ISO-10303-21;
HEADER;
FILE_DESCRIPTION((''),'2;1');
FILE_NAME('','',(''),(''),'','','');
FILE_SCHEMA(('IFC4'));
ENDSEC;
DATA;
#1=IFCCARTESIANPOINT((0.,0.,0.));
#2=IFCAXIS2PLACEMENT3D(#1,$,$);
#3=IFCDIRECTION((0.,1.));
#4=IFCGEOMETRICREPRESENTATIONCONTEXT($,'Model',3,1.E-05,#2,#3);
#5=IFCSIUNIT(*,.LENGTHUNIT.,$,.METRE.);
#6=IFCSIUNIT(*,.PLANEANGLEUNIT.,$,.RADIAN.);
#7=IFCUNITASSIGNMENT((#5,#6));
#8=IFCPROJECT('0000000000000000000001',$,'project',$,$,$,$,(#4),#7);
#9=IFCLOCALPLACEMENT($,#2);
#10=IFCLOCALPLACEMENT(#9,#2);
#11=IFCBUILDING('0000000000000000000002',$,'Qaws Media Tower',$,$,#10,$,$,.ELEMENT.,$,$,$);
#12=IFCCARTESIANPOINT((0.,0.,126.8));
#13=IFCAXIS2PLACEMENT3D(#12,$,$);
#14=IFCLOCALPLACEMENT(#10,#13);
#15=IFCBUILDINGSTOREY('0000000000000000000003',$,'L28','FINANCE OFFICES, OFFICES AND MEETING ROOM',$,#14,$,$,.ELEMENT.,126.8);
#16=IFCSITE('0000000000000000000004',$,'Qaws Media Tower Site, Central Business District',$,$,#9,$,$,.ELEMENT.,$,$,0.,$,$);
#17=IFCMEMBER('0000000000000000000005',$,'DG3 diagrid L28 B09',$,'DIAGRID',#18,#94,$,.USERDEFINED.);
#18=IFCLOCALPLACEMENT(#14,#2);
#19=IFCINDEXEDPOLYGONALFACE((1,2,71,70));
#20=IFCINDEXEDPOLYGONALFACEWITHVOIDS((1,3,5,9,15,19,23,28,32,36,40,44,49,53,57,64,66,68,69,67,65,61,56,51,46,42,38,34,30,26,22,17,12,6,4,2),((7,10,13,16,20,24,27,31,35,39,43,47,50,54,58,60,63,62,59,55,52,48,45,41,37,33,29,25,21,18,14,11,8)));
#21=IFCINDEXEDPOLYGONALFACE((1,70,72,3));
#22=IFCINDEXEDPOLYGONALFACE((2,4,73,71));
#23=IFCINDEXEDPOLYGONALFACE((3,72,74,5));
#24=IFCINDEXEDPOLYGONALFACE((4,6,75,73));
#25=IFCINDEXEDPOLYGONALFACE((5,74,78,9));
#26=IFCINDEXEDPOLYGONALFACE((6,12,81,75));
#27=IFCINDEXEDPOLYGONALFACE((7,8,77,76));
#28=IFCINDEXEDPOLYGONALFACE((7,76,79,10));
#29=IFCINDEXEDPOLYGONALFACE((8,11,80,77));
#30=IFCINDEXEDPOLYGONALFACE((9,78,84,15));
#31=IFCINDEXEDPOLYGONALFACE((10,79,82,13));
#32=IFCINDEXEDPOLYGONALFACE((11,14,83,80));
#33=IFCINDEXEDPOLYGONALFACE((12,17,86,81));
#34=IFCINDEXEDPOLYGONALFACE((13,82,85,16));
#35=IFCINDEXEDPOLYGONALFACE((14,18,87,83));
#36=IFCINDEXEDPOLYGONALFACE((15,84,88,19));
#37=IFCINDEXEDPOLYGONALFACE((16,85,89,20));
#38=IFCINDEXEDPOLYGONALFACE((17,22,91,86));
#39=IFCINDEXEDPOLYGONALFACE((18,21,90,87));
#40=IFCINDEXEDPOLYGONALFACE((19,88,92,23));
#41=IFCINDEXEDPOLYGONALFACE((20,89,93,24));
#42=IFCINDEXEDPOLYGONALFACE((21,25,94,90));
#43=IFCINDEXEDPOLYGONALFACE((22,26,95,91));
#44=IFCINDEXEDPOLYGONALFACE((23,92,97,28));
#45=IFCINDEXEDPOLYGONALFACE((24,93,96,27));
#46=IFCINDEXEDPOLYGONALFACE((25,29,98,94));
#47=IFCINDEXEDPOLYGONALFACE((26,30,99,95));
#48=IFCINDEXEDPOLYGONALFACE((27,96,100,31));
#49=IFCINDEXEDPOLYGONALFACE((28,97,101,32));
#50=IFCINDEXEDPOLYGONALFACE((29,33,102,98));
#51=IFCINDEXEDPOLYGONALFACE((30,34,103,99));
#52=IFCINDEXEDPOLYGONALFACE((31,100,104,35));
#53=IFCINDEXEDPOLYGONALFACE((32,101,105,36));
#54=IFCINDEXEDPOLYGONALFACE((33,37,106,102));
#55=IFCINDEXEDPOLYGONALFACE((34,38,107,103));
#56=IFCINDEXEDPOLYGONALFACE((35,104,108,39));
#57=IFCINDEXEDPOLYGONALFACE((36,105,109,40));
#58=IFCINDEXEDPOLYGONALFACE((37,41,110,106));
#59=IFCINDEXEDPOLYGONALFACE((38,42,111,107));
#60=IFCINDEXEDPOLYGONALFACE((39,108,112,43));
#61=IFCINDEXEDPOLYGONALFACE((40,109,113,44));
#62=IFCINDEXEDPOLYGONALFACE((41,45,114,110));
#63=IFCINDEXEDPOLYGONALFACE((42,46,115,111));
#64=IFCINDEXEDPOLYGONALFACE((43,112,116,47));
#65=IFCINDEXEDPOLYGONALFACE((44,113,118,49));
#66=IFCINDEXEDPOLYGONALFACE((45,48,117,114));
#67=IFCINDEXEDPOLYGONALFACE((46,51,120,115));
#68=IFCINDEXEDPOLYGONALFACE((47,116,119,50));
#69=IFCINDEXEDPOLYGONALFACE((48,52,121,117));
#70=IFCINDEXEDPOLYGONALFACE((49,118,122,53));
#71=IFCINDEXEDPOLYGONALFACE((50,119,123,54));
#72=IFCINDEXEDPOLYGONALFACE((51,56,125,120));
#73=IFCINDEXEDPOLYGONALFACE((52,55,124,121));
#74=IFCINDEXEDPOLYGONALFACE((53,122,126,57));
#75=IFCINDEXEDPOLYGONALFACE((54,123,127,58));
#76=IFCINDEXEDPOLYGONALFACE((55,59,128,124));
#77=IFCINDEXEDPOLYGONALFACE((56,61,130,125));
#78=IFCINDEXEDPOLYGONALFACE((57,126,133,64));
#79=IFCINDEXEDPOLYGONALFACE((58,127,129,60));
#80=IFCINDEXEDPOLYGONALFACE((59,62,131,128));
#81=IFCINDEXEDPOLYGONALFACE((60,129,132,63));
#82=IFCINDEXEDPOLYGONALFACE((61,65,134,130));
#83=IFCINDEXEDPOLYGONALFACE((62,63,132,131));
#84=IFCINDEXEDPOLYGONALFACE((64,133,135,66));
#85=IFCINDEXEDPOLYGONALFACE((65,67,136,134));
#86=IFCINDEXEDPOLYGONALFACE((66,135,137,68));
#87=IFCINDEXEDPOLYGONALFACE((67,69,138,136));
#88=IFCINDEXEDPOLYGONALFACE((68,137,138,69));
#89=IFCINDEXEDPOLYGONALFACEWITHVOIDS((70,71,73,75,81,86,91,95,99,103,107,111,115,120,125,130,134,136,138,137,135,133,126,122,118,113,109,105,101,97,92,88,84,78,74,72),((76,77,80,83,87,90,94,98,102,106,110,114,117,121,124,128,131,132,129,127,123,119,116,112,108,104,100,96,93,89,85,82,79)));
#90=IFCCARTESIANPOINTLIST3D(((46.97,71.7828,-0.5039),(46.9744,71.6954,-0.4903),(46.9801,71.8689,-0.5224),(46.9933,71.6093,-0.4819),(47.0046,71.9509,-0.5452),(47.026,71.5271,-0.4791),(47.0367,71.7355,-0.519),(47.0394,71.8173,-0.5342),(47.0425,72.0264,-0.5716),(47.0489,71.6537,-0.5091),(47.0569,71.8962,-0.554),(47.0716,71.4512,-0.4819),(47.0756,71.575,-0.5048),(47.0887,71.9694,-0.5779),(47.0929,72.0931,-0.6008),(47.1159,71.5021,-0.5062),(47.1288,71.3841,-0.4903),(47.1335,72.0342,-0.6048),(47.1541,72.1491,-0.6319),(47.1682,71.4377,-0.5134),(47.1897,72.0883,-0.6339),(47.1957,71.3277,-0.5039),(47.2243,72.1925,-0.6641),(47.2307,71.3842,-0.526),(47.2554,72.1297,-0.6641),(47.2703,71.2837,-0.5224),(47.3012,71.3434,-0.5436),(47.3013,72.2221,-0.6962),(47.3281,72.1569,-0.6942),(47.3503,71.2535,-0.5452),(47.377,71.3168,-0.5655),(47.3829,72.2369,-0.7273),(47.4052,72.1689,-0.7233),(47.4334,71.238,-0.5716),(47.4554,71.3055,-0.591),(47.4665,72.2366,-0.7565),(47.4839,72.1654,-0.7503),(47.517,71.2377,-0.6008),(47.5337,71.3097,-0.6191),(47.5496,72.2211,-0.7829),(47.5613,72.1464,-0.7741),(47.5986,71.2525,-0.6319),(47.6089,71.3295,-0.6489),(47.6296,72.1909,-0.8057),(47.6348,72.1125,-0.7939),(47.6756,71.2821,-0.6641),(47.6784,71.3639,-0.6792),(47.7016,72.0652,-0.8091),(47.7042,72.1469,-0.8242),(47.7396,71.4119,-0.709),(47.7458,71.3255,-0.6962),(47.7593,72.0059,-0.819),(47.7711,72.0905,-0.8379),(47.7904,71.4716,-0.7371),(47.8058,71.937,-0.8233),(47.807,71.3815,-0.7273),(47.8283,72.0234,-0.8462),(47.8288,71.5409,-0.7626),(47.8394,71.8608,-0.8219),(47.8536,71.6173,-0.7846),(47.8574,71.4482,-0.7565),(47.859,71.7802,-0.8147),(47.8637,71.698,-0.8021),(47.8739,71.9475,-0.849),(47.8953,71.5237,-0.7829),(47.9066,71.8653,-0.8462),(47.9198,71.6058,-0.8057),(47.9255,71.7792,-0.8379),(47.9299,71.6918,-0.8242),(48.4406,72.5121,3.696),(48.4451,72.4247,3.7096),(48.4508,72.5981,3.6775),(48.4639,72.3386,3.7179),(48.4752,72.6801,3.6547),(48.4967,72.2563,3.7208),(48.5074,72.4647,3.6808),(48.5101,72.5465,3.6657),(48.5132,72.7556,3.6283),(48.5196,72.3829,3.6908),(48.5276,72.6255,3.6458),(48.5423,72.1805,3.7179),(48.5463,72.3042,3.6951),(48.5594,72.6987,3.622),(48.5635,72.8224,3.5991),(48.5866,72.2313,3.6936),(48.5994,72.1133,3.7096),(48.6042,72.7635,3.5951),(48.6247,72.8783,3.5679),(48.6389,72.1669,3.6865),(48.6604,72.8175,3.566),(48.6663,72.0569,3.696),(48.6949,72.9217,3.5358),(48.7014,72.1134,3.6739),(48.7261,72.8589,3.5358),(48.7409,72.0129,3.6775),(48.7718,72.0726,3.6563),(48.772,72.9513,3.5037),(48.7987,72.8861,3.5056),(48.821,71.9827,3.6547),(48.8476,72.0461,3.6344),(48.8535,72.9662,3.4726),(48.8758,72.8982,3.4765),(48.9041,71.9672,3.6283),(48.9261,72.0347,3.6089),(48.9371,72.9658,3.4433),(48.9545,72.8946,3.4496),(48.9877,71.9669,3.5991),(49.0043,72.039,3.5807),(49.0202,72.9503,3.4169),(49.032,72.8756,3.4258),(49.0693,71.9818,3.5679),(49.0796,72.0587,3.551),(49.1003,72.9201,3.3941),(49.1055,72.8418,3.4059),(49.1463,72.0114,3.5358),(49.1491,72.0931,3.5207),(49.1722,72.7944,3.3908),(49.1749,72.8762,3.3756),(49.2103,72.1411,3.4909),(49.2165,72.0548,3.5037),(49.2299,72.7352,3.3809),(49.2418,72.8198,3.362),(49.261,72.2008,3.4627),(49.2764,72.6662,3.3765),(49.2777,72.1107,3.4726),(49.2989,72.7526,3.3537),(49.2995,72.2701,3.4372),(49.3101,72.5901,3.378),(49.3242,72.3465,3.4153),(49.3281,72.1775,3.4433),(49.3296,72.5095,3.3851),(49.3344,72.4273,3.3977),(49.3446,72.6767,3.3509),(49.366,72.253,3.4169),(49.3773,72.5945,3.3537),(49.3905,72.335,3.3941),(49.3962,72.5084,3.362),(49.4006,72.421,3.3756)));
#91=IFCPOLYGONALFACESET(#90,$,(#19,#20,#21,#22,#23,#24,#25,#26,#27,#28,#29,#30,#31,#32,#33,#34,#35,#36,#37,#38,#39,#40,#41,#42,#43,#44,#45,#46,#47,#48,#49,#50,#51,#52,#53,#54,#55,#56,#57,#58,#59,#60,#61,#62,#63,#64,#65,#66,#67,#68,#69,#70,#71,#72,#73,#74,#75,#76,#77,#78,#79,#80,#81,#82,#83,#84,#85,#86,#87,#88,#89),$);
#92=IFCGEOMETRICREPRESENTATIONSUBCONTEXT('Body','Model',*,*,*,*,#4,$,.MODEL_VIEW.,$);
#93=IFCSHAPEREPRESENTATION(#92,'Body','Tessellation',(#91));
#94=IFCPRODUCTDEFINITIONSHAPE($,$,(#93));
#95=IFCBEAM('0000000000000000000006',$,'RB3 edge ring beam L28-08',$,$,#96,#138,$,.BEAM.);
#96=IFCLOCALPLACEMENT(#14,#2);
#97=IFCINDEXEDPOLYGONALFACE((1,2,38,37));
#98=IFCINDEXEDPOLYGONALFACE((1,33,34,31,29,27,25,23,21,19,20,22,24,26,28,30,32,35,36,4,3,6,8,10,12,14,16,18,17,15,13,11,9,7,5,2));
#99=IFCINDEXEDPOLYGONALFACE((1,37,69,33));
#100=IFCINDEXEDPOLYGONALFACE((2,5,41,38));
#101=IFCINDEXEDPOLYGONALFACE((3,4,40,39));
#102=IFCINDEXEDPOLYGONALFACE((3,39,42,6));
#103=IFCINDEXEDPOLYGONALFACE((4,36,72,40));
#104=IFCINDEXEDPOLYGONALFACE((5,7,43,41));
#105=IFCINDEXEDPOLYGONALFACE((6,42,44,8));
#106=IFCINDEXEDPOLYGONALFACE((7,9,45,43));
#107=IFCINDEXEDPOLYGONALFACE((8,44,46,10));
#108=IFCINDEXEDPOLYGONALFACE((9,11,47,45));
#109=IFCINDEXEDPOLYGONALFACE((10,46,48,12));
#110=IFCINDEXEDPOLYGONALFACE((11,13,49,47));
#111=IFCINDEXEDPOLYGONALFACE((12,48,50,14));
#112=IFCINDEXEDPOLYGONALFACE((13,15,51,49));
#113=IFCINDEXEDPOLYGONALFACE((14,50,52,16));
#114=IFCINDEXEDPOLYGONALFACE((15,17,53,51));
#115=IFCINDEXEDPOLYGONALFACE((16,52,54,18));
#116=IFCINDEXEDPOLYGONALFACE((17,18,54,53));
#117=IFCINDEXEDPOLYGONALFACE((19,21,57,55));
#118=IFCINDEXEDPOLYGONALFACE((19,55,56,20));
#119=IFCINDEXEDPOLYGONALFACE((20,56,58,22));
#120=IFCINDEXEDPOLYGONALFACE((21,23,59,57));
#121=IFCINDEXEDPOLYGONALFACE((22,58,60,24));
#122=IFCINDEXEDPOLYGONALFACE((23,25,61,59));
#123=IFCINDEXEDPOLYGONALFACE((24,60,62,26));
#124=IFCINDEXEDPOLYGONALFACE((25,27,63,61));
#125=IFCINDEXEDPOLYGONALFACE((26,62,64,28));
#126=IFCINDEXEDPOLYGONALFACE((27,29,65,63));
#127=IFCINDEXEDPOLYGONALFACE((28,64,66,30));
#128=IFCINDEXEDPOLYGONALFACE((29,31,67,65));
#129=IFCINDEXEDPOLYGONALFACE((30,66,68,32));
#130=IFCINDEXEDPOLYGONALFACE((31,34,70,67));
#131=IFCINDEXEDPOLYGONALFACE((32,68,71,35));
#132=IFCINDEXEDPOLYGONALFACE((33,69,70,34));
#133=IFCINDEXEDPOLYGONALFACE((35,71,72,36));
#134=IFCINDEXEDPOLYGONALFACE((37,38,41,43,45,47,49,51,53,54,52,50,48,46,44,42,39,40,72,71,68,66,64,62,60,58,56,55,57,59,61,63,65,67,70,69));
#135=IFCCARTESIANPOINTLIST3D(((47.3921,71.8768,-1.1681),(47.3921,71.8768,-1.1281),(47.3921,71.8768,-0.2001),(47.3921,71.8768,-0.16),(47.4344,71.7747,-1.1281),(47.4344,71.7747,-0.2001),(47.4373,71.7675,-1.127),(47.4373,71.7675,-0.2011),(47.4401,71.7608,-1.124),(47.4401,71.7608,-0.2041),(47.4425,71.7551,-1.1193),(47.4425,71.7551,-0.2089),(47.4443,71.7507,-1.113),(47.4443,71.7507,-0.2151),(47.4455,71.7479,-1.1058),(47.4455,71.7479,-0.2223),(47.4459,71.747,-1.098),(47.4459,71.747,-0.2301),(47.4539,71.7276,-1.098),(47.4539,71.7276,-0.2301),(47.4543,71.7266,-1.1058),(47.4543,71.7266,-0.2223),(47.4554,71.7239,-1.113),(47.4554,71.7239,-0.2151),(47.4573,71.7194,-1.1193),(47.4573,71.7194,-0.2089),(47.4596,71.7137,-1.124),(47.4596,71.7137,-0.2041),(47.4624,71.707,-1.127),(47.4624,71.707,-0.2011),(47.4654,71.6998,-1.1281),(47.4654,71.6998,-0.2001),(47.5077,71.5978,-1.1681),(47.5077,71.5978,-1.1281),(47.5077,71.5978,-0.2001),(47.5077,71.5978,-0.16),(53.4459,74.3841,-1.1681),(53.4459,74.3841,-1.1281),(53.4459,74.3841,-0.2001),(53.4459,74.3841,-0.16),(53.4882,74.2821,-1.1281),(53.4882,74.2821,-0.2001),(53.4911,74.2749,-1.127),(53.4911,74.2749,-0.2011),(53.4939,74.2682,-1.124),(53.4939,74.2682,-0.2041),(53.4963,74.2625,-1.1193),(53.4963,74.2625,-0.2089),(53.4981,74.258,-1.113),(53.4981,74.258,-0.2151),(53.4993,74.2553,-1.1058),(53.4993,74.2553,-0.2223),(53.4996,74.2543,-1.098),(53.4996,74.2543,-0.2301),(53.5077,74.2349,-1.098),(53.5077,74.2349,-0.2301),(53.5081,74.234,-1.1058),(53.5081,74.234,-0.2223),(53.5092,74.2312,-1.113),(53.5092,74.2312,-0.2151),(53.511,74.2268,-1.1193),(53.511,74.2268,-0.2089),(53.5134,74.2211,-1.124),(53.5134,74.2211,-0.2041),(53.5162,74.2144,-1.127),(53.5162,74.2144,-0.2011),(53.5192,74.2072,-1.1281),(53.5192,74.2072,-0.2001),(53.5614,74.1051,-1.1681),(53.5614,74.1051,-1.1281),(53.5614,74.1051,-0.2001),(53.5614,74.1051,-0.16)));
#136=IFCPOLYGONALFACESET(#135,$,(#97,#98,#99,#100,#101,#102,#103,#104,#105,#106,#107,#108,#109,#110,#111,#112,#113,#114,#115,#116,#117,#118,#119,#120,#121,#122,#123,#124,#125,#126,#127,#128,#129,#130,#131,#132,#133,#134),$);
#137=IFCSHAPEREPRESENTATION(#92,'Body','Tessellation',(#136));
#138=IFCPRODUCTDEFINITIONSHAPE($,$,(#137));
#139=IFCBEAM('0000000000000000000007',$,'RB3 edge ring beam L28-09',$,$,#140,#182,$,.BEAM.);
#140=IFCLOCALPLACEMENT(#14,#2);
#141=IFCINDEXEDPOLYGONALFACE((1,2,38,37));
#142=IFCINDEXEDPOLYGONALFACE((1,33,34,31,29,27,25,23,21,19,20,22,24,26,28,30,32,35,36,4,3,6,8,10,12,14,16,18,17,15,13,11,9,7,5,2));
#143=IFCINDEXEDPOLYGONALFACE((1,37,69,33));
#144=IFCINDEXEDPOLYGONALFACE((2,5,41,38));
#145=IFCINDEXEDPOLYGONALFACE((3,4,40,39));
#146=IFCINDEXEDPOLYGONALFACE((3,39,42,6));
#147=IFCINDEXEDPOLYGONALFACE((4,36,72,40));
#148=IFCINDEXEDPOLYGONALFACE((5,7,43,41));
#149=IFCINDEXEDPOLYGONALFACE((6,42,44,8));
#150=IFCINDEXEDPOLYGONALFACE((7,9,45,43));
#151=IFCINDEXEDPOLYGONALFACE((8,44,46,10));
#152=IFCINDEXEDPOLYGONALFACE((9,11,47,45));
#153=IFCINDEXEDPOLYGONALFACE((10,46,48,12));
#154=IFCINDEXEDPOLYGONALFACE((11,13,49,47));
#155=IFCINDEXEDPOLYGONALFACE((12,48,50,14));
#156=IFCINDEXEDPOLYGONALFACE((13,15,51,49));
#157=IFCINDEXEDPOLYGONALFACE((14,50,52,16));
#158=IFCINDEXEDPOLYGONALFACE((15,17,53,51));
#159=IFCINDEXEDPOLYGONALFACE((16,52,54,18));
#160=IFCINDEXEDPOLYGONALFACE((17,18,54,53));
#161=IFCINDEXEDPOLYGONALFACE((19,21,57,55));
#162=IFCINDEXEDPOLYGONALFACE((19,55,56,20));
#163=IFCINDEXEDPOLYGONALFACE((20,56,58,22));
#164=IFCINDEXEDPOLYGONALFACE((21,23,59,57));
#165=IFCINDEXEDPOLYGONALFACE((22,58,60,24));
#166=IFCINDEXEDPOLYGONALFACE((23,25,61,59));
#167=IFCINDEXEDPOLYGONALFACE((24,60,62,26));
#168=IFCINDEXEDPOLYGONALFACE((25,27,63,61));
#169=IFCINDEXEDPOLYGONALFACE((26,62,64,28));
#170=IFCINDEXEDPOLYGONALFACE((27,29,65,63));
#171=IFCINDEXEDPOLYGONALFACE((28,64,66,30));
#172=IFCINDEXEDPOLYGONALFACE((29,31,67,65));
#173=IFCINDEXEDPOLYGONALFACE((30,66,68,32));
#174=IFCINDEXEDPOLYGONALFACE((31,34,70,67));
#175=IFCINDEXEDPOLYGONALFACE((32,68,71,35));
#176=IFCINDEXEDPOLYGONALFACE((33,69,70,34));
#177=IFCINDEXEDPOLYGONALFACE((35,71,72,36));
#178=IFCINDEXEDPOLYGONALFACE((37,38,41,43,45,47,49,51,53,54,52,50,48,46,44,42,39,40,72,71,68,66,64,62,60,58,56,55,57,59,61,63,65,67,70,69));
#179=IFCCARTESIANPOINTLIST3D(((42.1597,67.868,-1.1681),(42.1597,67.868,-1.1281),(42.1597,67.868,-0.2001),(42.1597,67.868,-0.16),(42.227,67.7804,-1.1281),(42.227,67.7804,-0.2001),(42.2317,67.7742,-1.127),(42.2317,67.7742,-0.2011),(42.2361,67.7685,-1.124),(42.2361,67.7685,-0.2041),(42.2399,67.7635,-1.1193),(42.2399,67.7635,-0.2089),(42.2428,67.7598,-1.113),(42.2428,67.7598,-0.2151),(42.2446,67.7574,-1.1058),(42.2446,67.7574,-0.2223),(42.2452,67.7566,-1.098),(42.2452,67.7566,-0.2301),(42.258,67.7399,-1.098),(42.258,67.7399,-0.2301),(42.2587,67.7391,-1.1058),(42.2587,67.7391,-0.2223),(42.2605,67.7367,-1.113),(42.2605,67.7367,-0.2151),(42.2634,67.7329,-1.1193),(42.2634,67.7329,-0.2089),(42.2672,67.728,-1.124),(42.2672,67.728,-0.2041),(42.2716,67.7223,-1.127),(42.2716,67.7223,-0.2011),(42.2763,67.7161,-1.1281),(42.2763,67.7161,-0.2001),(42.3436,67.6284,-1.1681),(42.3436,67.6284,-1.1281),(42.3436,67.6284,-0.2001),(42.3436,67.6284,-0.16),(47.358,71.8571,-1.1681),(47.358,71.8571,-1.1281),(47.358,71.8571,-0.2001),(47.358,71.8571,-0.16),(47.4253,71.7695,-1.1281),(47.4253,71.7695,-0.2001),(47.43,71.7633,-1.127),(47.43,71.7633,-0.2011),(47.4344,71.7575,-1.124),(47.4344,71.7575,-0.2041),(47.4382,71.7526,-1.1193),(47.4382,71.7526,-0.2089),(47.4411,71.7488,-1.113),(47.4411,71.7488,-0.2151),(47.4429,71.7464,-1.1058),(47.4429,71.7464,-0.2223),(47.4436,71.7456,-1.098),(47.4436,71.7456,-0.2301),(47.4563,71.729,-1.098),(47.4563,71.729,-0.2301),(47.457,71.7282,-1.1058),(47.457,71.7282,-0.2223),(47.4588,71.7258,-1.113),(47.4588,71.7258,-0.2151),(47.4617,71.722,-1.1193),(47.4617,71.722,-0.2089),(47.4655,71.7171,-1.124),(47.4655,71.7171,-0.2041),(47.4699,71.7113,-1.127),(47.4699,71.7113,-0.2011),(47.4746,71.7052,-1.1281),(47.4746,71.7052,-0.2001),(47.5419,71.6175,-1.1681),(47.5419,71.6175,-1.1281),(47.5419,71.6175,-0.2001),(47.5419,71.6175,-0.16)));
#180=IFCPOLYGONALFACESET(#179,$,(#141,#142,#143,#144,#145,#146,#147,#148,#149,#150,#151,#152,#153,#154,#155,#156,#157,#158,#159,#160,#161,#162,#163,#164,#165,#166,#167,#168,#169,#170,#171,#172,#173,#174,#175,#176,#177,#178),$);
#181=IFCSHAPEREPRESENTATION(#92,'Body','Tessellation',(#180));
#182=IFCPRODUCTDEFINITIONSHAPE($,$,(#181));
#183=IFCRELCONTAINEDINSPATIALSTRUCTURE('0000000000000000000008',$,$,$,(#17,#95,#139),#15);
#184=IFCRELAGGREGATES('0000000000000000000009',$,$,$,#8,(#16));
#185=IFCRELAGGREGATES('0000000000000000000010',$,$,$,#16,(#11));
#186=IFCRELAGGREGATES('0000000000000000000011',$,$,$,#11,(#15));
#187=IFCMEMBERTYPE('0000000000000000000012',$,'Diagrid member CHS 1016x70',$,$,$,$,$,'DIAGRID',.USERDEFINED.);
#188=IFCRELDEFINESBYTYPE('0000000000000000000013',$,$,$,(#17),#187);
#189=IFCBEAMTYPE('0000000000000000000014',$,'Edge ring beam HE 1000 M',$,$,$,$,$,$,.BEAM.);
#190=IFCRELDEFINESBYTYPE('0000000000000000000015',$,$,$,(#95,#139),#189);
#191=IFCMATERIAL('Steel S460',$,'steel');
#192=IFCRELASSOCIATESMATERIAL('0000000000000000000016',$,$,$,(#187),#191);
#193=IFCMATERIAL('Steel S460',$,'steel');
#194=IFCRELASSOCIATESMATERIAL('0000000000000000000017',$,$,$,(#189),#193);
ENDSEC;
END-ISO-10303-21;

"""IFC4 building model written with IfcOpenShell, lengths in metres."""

from ifc_helpers import new_model, si_unit, direction, frame, origin, origin_2d, place, context, subcontext, project, spatial, hollow_circle, i_section, extrude, material, material_profile, profile_set, type_object, element, save


model = new_model("IFC4")

# Units and contexts
model_context = context("Model", 3, precision=1e-05, world=origin(), true_north=direction((0.0, 1.0)))
body_context = subcontext(model_context, "Body", "Model", "MODEL_VIEW")
ifc_project = project(units=[si_unit("LENGTHUNIT", "METRE"), si_unit("PLANEANGLEUNIT", "RADIAN")], contexts=[model_context])

# Site, building, storey
site_placement = place(None, origin())
site = spatial("IfcSite", under=ifc_project, at=site_placement, Name="Qaws Media Tower Site, Central Business District", CompositionType="ELEMENT", RefElevation=0.0)
building_placement = place(site_placement, origin())
building = spatial("IfcBuilding", under=site, at=building_placement, Name="Qaws Media Tower", CompositionType="ELEMENT")
storey_placement = place(building_placement, frame((0.0, 0.0, 126.8)))
storey = spatial("IfcBuildingStorey", under=building, at=storey_placement, Name="L28", Description="FINANCE OFFICES, OFFICES AND MEETING ROOM", CompositionType="ELEMENT", Elevation=126.8)

# Member
ifc_material_1 = material(Name="Steel S460", Category="steel")
ifc_material_profile_1 = material_profile(ifc_material_1, hollow_circle(Radius=0.5081, WallThickness=0.0701, at=origin_2d()), Name="CHS 1016x70")
ifc_profile_set_1 = profile_set([ifc_material_profile_1], Name="Steel S460")
member_type_1 = type_object("IfcMemberType", Name="Diagrid member CHS 1016x70", ElementType="DIAGRID", PredefinedType="USERDEFINED", material=ifc_profile_set_1)
for number, where, z_axis, x_axis, name in (
    (1, (47.45, 71.7373, -0.6641), (0.326144, 0.161719, 0.931384), (-0.444237, 0.895909, 0.0), "DG3 diagrid L28 B09"),
):
    element("IfcMember", number, at=place(storey_placement, frame(where, z_axis=z_axis, x_axis=x_axis)), inside=storey, type_object=member_type_1, Name=name, ObjectType="DIAGRID", PredefinedType="USERDEFINED", context=body_context, shape_type="SweptSolid", body=[
        extrude(hollow_circle(Radius=0.5081, WallThickness=0.0701, at=origin_2d()), origin(), (0.0, 0.0, 1.0), 4.5093),
    ])

# Beams
ifc_material_2 = material(Name="Steel S460", Category="steel")
ifc_material_profile_2 = material_profile(ifc_material_2, i_section(OverallWidth=0.302, OverallDepth=1.0081, WebThickness=0.021, FlangeThickness=0.04, FilletRadius=0.03, at=origin_2d()), Name="HE 1000 M")
ifc_profile_set_2 = profile_set([ifc_material_profile_2], Name="Steel S460")
beam_type_1 = type_object("IfcBeamType", Name="Edge ring beam HE 1000 M", PredefinedType="BEAM", material=ifc_profile_set_2)
for number, where, z_axis, x_axis, name in (
    (2, (53.5037, 74.2446, -0.6641), (-0.923891, -0.382657, 0.0), (0.382657, -0.923891, 0.0), "RB3 edge ring beam L28-08"),
    (3, (47.45, 71.7373, -0.6641), (-0.793334, -0.608787, 0.0), (0.608787, -0.793334, 0.0), "RB3 edge ring beam L28-09"),
):
    element("IfcBeam", number, at=place(storey_placement, frame(where, z_axis=z_axis, x_axis=x_axis)), inside=storey, type_object=beam_type_1, Name=name, PredefinedType="BEAM", context=body_context, shape_type="SweptSolid", body=[
        extrude(i_section(OverallWidth=0.302, OverallDepth=1.0081, WebThickness=0.021, FlangeThickness=0.04, FilletRadius=0.03, at=origin_2d()), origin(), (0.0, 0.0, 1.0), 6.5525),
    ])

save(model, "model.ifc")
